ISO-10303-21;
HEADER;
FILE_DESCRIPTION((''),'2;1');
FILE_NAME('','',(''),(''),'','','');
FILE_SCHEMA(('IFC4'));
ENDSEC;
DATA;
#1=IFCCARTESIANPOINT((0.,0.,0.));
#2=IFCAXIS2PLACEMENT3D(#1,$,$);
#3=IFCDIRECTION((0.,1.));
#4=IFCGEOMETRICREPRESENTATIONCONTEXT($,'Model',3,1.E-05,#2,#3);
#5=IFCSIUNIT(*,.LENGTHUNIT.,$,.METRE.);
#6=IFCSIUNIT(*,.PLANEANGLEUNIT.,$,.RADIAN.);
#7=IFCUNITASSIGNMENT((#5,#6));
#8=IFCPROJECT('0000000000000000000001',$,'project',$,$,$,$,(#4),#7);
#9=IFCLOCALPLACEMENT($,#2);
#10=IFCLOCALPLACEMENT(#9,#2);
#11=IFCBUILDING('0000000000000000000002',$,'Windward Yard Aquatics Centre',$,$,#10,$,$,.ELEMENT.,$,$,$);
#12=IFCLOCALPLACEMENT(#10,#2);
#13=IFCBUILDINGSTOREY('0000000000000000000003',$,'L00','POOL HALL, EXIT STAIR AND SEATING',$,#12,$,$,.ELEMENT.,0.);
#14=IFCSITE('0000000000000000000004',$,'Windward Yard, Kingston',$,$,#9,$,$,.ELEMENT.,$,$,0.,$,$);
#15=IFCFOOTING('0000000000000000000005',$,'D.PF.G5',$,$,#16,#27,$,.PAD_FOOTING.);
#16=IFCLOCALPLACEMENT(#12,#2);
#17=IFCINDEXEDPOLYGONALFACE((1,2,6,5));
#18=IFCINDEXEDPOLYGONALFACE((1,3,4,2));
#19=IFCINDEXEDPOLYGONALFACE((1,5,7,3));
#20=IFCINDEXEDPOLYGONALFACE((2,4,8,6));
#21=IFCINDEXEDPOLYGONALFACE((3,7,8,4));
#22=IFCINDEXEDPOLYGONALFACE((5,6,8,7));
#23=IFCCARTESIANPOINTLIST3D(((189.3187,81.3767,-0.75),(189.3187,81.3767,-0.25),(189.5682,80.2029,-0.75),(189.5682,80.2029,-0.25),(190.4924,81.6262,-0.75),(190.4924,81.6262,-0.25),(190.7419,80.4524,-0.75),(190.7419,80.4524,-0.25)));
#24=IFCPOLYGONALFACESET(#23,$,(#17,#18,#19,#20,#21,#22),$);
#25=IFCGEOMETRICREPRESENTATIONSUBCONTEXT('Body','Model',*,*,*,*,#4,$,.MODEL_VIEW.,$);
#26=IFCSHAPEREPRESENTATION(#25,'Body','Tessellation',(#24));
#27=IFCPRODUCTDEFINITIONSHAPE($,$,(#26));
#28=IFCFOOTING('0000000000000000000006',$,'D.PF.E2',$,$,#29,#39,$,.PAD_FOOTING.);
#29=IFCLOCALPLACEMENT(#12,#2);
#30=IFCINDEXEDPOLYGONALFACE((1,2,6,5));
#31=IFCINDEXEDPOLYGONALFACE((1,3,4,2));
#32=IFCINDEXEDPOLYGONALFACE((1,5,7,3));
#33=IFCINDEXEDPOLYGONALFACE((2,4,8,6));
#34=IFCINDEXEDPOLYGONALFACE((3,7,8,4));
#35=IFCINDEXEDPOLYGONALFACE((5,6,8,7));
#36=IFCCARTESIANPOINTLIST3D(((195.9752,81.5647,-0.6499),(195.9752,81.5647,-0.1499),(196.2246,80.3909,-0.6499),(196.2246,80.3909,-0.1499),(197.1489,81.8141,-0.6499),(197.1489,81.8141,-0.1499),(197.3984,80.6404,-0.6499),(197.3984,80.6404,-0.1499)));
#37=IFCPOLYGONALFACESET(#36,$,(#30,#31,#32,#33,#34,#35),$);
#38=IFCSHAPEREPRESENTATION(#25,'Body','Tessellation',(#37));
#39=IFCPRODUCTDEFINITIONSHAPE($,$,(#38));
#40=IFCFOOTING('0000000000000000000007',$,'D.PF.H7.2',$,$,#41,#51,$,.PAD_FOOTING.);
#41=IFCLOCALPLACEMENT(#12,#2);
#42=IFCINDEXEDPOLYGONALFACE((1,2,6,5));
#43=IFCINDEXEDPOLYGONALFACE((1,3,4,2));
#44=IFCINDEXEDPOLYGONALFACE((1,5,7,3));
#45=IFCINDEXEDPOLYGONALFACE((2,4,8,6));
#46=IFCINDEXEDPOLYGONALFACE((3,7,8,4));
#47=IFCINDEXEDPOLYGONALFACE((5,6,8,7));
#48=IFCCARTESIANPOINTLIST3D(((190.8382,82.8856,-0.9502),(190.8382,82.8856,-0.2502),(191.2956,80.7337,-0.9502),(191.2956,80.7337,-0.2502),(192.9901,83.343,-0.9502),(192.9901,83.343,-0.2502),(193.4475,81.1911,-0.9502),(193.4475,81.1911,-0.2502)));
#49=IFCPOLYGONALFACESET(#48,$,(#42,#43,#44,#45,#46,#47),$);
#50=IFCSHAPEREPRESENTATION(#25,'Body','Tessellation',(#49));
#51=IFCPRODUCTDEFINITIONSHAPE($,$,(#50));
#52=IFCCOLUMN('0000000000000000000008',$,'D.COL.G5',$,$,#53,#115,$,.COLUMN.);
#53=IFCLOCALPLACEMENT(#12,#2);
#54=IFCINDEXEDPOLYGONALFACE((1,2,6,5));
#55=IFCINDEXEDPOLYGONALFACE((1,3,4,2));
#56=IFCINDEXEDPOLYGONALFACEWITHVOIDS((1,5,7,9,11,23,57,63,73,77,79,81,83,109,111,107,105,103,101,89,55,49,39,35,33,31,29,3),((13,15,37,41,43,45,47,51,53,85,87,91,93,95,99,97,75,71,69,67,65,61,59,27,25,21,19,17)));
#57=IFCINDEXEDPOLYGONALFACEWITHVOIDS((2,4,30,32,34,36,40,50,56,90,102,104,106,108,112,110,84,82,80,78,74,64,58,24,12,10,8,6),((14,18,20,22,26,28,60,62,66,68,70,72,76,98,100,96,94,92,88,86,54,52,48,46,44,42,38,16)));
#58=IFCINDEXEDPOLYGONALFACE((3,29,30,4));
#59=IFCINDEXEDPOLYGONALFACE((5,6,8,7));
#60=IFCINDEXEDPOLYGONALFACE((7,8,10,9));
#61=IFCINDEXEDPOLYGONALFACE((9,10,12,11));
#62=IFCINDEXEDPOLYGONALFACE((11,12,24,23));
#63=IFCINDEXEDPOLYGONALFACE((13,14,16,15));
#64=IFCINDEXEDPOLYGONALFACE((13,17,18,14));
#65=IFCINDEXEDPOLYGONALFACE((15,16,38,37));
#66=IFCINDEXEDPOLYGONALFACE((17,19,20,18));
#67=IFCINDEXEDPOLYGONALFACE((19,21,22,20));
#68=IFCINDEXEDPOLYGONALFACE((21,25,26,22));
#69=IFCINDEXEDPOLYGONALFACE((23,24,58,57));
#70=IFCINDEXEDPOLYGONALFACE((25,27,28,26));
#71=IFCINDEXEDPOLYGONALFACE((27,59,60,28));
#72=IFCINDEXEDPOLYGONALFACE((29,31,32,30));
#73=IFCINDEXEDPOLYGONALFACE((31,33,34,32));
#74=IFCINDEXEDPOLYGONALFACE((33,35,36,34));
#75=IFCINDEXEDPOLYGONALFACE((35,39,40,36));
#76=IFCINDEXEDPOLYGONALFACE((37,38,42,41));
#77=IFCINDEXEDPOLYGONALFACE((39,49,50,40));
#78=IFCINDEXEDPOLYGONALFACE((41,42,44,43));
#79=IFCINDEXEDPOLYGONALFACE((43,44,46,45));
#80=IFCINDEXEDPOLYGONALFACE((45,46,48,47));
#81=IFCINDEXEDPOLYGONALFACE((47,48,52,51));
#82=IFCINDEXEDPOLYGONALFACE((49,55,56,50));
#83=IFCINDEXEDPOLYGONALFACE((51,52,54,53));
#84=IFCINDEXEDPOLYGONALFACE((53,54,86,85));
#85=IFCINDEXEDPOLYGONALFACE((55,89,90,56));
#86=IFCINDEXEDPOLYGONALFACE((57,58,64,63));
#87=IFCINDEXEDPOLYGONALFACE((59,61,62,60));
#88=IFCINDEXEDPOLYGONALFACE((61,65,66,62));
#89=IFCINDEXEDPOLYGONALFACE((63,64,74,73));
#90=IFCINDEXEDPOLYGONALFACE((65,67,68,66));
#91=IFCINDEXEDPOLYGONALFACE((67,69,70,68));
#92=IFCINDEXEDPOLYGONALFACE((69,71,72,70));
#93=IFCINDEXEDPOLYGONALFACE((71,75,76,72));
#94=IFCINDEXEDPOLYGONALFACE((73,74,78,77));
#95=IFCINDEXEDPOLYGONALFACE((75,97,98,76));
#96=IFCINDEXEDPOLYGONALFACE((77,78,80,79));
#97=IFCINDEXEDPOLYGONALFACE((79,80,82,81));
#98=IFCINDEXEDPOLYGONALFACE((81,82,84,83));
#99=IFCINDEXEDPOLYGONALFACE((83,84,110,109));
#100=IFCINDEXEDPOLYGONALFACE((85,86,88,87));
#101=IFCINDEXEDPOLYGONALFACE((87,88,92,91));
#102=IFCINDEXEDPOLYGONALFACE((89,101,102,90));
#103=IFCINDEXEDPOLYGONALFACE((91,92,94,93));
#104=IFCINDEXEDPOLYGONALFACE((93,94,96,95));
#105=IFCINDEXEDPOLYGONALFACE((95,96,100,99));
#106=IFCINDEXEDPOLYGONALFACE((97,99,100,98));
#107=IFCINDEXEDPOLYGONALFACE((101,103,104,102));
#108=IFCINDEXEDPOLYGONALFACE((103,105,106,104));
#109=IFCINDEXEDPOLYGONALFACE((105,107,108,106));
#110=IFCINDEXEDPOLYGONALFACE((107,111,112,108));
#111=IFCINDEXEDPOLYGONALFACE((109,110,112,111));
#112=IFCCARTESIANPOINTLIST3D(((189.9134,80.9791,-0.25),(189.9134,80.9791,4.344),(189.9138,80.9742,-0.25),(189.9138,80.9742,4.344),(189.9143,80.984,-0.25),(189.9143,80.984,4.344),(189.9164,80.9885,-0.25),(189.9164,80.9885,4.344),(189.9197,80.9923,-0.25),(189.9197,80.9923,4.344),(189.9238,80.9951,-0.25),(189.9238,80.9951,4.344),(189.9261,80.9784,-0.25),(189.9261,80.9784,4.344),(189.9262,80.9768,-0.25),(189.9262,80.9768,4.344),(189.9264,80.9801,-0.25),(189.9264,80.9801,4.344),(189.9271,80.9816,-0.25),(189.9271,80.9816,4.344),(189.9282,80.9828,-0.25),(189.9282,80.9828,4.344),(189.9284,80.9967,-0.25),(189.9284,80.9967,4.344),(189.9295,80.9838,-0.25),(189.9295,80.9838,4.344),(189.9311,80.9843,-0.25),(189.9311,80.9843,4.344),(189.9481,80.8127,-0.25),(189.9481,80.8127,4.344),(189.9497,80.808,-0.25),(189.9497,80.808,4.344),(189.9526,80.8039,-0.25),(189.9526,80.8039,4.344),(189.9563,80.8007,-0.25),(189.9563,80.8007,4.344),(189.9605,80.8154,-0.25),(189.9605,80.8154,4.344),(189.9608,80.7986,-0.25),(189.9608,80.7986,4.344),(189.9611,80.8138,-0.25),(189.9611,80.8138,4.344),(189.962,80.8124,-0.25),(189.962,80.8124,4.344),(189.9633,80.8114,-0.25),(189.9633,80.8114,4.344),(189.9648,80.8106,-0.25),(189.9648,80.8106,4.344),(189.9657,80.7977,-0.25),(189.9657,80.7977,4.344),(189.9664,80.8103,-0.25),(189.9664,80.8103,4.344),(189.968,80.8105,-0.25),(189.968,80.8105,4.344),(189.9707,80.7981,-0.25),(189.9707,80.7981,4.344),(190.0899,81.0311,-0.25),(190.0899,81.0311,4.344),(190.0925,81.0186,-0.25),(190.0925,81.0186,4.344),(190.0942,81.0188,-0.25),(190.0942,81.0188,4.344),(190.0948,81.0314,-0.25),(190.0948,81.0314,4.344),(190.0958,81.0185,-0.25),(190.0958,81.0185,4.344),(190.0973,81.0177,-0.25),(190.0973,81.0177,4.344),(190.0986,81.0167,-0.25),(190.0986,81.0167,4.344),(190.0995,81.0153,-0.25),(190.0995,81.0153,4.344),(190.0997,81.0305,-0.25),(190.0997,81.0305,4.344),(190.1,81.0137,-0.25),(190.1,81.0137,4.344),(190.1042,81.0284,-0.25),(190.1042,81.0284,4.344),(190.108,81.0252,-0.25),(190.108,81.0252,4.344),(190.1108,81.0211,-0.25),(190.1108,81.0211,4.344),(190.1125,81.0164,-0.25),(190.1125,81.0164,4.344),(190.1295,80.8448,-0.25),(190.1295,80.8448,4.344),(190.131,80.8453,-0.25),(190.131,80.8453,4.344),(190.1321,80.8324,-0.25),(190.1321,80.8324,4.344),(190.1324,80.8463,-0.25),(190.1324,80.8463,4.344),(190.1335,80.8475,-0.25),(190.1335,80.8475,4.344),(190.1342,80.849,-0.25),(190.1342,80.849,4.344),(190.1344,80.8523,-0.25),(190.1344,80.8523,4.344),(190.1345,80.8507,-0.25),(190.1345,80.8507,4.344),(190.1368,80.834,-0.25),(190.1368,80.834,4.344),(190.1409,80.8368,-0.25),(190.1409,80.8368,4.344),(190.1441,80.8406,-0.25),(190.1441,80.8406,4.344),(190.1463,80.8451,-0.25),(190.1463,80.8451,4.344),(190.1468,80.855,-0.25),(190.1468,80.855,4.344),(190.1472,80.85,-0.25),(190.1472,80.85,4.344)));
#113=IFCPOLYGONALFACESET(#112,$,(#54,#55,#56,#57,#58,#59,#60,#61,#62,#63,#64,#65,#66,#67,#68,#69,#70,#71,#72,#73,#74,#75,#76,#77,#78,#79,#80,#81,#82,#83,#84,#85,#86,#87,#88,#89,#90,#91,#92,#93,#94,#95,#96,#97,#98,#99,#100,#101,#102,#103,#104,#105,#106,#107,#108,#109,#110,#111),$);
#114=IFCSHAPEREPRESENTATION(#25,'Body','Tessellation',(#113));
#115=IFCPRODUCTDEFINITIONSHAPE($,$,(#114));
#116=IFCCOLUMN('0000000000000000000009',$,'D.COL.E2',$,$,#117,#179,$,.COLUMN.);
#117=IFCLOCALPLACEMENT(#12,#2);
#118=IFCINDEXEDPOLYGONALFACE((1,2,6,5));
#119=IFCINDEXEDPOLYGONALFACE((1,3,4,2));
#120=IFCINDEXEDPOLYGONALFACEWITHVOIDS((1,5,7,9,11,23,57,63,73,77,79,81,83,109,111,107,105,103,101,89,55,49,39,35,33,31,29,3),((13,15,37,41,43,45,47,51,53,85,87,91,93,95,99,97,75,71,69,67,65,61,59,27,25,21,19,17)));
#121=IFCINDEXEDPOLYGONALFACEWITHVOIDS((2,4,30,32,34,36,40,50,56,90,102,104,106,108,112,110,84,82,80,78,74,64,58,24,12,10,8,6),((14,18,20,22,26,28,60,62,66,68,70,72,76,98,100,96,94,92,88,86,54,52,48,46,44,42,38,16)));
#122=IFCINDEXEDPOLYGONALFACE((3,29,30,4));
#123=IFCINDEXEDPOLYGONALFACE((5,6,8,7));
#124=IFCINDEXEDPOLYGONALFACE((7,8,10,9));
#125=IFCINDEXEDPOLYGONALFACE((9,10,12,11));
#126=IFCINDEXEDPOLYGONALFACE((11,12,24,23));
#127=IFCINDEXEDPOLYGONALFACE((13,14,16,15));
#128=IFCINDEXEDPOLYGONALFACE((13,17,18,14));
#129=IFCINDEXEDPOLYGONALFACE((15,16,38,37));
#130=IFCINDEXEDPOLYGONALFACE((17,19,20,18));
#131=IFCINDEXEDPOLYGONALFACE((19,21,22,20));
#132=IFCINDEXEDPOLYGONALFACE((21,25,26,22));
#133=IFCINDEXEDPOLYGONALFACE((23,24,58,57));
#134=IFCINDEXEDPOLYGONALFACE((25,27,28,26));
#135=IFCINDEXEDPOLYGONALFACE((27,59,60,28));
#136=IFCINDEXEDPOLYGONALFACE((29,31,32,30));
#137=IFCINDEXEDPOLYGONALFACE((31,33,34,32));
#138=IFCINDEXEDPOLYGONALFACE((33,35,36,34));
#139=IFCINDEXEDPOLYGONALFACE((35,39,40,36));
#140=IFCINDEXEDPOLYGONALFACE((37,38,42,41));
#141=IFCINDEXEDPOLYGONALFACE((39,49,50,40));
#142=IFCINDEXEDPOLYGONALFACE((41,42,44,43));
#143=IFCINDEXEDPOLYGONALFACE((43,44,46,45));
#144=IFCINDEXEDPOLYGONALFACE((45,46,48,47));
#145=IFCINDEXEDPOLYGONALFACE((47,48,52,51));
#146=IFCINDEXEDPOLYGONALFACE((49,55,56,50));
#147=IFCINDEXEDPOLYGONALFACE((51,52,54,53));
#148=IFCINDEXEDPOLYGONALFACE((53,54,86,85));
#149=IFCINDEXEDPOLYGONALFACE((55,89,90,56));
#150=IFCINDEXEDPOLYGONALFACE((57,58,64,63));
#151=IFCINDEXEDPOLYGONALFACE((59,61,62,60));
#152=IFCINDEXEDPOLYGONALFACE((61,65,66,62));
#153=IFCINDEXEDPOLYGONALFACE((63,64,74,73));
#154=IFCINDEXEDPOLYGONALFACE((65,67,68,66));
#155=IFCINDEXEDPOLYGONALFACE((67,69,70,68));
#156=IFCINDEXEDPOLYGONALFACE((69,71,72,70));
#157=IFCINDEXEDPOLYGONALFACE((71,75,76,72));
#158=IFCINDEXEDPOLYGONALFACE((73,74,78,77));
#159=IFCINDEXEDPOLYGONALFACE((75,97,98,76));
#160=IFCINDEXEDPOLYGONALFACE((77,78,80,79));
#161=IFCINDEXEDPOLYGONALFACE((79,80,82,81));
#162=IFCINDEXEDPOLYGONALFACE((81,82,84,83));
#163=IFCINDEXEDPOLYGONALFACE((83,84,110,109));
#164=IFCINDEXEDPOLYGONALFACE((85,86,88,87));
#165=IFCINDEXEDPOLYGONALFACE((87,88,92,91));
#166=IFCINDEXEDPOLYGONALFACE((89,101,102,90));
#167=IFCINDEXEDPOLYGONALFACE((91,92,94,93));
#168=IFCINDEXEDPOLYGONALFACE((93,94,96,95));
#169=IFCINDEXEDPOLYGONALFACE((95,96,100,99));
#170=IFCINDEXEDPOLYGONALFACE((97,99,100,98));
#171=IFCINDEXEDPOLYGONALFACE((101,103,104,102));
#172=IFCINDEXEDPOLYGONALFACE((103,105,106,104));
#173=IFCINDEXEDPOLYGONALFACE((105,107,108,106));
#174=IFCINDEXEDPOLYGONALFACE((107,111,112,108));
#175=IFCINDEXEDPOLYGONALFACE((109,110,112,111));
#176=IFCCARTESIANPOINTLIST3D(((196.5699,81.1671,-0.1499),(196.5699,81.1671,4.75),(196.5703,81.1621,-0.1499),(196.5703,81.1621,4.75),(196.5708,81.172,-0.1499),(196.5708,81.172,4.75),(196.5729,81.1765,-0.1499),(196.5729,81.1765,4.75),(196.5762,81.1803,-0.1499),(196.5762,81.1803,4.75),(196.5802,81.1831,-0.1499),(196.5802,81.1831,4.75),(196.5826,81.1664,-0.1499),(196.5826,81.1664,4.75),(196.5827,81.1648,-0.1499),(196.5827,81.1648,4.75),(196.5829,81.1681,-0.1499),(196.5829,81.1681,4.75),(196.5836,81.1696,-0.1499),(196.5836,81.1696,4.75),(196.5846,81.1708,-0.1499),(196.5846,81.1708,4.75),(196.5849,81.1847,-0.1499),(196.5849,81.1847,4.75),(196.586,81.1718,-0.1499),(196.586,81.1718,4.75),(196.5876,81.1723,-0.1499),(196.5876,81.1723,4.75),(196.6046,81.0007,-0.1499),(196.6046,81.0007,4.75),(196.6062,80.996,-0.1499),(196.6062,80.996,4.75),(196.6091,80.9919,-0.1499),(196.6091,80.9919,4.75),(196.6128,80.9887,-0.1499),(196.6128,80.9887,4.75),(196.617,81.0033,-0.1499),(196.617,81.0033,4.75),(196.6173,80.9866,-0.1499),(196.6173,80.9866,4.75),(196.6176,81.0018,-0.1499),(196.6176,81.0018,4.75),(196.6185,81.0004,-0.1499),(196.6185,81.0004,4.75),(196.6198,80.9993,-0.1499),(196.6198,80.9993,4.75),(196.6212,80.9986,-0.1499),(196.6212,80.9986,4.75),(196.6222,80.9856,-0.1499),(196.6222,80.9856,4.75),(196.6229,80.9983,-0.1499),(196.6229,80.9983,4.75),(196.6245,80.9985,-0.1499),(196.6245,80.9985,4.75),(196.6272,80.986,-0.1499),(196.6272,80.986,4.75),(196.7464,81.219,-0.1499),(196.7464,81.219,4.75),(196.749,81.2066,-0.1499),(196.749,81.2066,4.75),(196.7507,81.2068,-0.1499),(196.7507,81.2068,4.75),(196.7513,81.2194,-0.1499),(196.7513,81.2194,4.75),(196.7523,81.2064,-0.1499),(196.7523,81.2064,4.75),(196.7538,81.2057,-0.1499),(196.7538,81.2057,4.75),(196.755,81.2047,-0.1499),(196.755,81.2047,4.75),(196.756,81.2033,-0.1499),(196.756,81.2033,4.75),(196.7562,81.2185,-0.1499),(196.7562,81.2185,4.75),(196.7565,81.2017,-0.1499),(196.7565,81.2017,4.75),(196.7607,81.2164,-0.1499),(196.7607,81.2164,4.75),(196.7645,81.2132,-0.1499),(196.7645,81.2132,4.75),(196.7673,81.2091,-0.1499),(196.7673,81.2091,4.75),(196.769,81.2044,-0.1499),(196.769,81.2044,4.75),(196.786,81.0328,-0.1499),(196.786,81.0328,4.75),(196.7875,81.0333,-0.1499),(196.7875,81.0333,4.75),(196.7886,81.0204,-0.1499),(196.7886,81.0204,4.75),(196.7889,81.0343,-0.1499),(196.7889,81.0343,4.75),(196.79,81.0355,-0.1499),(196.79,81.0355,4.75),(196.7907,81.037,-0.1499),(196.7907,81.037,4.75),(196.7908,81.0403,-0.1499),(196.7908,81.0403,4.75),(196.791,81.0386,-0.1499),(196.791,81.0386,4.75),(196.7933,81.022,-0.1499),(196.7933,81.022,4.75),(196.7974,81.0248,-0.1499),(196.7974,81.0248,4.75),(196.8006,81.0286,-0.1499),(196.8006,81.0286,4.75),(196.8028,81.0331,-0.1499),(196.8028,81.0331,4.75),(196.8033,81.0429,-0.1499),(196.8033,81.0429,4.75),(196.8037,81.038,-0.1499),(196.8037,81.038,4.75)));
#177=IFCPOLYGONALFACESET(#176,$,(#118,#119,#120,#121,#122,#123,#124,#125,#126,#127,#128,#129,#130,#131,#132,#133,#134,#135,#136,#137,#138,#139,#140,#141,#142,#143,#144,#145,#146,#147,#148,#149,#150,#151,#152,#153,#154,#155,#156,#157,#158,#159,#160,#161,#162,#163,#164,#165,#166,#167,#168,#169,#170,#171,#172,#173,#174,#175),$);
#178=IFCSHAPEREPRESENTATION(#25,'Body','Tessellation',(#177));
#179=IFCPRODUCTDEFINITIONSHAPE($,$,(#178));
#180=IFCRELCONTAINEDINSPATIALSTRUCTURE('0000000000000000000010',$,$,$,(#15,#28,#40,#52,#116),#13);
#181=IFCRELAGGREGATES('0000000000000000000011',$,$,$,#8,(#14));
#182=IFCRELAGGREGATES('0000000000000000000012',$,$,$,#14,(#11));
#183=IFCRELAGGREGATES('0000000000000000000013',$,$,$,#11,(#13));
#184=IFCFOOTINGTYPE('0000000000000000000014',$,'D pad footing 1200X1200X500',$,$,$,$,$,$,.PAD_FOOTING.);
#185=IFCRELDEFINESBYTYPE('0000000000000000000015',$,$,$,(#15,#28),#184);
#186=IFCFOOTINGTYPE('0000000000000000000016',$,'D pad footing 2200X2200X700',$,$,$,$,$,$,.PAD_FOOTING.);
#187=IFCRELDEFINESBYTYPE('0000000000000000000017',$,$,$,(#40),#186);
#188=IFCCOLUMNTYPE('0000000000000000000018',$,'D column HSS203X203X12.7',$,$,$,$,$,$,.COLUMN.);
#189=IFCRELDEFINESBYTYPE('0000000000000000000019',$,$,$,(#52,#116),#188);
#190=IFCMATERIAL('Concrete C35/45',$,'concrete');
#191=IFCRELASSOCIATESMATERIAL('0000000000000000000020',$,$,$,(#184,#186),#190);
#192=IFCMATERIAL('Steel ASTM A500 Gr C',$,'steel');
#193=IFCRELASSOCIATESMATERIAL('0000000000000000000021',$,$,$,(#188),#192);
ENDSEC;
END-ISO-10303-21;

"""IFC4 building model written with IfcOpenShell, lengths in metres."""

from ifc_helpers import new_model, si_unit, direction, frame, origin, origin_2d, place, context, subcontext, project, spatial, rectangle, hollow_rectangle, extrude, material, material_profile, profile_set, type_object, element, save


model = new_model("IFC4")

# Units and contexts
model_context = context("Model", 3, precision=1e-05, world=origin(), true_north=direction((0.0, 1.0)))
body_context = subcontext(model_context, "Body", "Model", "MODEL_VIEW")
ifc_project = project(units=[si_unit("LENGTHUNIT", "METRE"), si_unit("PLANEANGLEUNIT", "RADIAN")], contexts=[model_context])

# Site, building, storey
site_placement = place(None, origin())
site = spatial("IfcSite", under=ifc_project, at=site_placement, Name="Windward Yard, Kingston", CompositionType="ELEMENT", RefElevation=0.0)
building_placement = place(site_placement, origin())
building = spatial("IfcBuilding", under=site, at=building_placement, Name="Windward Yard Aquatics Centre", CompositionType="ELEMENT")
storey_placement = place(building_placement, origin())
storey = spatial("IfcBuildingStorey", under=building, at=storey_placement, Name="L00", Description="POOL HALL, EXIT STAIR AND SEATING", CompositionType="ELEMENT", Elevation=0.0)

# Footings
ifc_material_1 = material(Name="Concrete C35/45", Category="concrete")
footing_type_1 = type_object("IfcFootingType", Name="D pad footing 1200X1200X500", PredefinedType="PAD_FOOTING", material=ifc_material_1)
for number, where, z_axis, x_axis, name in (
    (1, (190.0303, 80.9146, -0.75), (0.0, 0.0, 1.0), (0.978148, 0.207912, 0.0), "D.PF.G5"),
    (2, (196.6868, 81.1025, -0.6499), (0.0, 0.0, 1.0), (0.978148, 0.207912, 0.0), "D.PF.E2"),
):
    element("IfcFooting", number, at=place(storey_placement, frame(where, z_axis=z_axis, x_axis=x_axis)), inside=storey, type_object=footing_type_1, Name=name, PredefinedType="PAD_FOOTING", context=body_context, shape_type="SweptSolid", body=[
        extrude(rectangle(XDim=1.2, YDim=1.2, at=origin_2d()), origin(), (0.0, 0.0, 1.0), 0.5),
    ])
footing_type_2 = type_object("IfcFootingType", Name="D pad footing 2200X2200X700", PredefinedType="PAD_FOOTING", material=ifc_material_1)
footing_placement = place(storey_placement, frame((192.1428, 82.0383, -0.9502), z_axis=(0.0, 0.0, 1.0), x_axis=(0.978148, 0.207912, 0.0)))
element("IfcFooting", 3, at=footing_placement, inside=storey, type_object=footing_type_2, Name="D.PF.H7.2", PredefinedType="PAD_FOOTING", context=body_context, shape_type="SweptSolid", body=[
    extrude(rectangle(XDim=2.2, YDim=2.2, at=origin_2d()), origin(), (0.0, 0.0, 1.0), 0.7),
])

# Columns
ifc_material_2 = material(Name="Steel ASTM A500 Gr C", Category="steel")
ifc_material_profile_1 = material_profile(ifc_material_2, hollow_rectangle(XDim=0.2031, YDim=0.2031, WallThickness=0.0127, InnerFilletRadius=0.0063, OuterFilletRadius=0.019, at=origin_2d()), Name="HSS203X203X12.7")
ifc_profile_set_1 = profile_set([ifc_material_profile_1], Name="Steel ASTM A500 Gr C")
column_type_1 = type_object("IfcColumnType", Name="D column HSS203X203X12.7", PredefinedType="COLUMN", material=ifc_profile_set_1)
column_1_placement = place(storey_placement, frame((190.0303, 80.9146, -0.25), z_axis=(0.0, 0.0, 1.0), x_axis=(0.978148, 0.207912, 0.0)))
element("IfcColumn", 4, at=column_1_placement, inside=storey, type_object=column_type_1, Name="D.COL.G5", PredefinedType="COLUMN", context=body_context, shape_type="SweptSolid", body=[
    extrude(hollow_rectangle(XDim=0.2031, YDim=0.2031, WallThickness=0.0127, InnerFilletRadius=0.0063, OuterFilletRadius=0.019, at=origin_2d()), origin(), (0.0, 0.0, 1.0), 4.594),
])
column_2_placement = place(storey_placement, frame((196.6868, 81.1025, -0.1499), z_axis=(0.0, 0.0, 1.0), x_axis=(0.978148, 0.207912, 0.0)))
element("IfcColumn", 5, at=column_2_placement, inside=storey, type_object=column_type_1, Name="D.COL.E2", PredefinedType="COLUMN", context=body_context, shape_type="SweptSolid", body=[
    extrude(hollow_rectangle(XDim=0.2031, YDim=0.2031, WallThickness=0.0127, InnerFilletRadius=0.0063, OuterFilletRadius=0.019, at=origin_2d()), origin(), (0.0, 0.0, 1.0), 4.8999),
])

save(model, "model.ifc")
